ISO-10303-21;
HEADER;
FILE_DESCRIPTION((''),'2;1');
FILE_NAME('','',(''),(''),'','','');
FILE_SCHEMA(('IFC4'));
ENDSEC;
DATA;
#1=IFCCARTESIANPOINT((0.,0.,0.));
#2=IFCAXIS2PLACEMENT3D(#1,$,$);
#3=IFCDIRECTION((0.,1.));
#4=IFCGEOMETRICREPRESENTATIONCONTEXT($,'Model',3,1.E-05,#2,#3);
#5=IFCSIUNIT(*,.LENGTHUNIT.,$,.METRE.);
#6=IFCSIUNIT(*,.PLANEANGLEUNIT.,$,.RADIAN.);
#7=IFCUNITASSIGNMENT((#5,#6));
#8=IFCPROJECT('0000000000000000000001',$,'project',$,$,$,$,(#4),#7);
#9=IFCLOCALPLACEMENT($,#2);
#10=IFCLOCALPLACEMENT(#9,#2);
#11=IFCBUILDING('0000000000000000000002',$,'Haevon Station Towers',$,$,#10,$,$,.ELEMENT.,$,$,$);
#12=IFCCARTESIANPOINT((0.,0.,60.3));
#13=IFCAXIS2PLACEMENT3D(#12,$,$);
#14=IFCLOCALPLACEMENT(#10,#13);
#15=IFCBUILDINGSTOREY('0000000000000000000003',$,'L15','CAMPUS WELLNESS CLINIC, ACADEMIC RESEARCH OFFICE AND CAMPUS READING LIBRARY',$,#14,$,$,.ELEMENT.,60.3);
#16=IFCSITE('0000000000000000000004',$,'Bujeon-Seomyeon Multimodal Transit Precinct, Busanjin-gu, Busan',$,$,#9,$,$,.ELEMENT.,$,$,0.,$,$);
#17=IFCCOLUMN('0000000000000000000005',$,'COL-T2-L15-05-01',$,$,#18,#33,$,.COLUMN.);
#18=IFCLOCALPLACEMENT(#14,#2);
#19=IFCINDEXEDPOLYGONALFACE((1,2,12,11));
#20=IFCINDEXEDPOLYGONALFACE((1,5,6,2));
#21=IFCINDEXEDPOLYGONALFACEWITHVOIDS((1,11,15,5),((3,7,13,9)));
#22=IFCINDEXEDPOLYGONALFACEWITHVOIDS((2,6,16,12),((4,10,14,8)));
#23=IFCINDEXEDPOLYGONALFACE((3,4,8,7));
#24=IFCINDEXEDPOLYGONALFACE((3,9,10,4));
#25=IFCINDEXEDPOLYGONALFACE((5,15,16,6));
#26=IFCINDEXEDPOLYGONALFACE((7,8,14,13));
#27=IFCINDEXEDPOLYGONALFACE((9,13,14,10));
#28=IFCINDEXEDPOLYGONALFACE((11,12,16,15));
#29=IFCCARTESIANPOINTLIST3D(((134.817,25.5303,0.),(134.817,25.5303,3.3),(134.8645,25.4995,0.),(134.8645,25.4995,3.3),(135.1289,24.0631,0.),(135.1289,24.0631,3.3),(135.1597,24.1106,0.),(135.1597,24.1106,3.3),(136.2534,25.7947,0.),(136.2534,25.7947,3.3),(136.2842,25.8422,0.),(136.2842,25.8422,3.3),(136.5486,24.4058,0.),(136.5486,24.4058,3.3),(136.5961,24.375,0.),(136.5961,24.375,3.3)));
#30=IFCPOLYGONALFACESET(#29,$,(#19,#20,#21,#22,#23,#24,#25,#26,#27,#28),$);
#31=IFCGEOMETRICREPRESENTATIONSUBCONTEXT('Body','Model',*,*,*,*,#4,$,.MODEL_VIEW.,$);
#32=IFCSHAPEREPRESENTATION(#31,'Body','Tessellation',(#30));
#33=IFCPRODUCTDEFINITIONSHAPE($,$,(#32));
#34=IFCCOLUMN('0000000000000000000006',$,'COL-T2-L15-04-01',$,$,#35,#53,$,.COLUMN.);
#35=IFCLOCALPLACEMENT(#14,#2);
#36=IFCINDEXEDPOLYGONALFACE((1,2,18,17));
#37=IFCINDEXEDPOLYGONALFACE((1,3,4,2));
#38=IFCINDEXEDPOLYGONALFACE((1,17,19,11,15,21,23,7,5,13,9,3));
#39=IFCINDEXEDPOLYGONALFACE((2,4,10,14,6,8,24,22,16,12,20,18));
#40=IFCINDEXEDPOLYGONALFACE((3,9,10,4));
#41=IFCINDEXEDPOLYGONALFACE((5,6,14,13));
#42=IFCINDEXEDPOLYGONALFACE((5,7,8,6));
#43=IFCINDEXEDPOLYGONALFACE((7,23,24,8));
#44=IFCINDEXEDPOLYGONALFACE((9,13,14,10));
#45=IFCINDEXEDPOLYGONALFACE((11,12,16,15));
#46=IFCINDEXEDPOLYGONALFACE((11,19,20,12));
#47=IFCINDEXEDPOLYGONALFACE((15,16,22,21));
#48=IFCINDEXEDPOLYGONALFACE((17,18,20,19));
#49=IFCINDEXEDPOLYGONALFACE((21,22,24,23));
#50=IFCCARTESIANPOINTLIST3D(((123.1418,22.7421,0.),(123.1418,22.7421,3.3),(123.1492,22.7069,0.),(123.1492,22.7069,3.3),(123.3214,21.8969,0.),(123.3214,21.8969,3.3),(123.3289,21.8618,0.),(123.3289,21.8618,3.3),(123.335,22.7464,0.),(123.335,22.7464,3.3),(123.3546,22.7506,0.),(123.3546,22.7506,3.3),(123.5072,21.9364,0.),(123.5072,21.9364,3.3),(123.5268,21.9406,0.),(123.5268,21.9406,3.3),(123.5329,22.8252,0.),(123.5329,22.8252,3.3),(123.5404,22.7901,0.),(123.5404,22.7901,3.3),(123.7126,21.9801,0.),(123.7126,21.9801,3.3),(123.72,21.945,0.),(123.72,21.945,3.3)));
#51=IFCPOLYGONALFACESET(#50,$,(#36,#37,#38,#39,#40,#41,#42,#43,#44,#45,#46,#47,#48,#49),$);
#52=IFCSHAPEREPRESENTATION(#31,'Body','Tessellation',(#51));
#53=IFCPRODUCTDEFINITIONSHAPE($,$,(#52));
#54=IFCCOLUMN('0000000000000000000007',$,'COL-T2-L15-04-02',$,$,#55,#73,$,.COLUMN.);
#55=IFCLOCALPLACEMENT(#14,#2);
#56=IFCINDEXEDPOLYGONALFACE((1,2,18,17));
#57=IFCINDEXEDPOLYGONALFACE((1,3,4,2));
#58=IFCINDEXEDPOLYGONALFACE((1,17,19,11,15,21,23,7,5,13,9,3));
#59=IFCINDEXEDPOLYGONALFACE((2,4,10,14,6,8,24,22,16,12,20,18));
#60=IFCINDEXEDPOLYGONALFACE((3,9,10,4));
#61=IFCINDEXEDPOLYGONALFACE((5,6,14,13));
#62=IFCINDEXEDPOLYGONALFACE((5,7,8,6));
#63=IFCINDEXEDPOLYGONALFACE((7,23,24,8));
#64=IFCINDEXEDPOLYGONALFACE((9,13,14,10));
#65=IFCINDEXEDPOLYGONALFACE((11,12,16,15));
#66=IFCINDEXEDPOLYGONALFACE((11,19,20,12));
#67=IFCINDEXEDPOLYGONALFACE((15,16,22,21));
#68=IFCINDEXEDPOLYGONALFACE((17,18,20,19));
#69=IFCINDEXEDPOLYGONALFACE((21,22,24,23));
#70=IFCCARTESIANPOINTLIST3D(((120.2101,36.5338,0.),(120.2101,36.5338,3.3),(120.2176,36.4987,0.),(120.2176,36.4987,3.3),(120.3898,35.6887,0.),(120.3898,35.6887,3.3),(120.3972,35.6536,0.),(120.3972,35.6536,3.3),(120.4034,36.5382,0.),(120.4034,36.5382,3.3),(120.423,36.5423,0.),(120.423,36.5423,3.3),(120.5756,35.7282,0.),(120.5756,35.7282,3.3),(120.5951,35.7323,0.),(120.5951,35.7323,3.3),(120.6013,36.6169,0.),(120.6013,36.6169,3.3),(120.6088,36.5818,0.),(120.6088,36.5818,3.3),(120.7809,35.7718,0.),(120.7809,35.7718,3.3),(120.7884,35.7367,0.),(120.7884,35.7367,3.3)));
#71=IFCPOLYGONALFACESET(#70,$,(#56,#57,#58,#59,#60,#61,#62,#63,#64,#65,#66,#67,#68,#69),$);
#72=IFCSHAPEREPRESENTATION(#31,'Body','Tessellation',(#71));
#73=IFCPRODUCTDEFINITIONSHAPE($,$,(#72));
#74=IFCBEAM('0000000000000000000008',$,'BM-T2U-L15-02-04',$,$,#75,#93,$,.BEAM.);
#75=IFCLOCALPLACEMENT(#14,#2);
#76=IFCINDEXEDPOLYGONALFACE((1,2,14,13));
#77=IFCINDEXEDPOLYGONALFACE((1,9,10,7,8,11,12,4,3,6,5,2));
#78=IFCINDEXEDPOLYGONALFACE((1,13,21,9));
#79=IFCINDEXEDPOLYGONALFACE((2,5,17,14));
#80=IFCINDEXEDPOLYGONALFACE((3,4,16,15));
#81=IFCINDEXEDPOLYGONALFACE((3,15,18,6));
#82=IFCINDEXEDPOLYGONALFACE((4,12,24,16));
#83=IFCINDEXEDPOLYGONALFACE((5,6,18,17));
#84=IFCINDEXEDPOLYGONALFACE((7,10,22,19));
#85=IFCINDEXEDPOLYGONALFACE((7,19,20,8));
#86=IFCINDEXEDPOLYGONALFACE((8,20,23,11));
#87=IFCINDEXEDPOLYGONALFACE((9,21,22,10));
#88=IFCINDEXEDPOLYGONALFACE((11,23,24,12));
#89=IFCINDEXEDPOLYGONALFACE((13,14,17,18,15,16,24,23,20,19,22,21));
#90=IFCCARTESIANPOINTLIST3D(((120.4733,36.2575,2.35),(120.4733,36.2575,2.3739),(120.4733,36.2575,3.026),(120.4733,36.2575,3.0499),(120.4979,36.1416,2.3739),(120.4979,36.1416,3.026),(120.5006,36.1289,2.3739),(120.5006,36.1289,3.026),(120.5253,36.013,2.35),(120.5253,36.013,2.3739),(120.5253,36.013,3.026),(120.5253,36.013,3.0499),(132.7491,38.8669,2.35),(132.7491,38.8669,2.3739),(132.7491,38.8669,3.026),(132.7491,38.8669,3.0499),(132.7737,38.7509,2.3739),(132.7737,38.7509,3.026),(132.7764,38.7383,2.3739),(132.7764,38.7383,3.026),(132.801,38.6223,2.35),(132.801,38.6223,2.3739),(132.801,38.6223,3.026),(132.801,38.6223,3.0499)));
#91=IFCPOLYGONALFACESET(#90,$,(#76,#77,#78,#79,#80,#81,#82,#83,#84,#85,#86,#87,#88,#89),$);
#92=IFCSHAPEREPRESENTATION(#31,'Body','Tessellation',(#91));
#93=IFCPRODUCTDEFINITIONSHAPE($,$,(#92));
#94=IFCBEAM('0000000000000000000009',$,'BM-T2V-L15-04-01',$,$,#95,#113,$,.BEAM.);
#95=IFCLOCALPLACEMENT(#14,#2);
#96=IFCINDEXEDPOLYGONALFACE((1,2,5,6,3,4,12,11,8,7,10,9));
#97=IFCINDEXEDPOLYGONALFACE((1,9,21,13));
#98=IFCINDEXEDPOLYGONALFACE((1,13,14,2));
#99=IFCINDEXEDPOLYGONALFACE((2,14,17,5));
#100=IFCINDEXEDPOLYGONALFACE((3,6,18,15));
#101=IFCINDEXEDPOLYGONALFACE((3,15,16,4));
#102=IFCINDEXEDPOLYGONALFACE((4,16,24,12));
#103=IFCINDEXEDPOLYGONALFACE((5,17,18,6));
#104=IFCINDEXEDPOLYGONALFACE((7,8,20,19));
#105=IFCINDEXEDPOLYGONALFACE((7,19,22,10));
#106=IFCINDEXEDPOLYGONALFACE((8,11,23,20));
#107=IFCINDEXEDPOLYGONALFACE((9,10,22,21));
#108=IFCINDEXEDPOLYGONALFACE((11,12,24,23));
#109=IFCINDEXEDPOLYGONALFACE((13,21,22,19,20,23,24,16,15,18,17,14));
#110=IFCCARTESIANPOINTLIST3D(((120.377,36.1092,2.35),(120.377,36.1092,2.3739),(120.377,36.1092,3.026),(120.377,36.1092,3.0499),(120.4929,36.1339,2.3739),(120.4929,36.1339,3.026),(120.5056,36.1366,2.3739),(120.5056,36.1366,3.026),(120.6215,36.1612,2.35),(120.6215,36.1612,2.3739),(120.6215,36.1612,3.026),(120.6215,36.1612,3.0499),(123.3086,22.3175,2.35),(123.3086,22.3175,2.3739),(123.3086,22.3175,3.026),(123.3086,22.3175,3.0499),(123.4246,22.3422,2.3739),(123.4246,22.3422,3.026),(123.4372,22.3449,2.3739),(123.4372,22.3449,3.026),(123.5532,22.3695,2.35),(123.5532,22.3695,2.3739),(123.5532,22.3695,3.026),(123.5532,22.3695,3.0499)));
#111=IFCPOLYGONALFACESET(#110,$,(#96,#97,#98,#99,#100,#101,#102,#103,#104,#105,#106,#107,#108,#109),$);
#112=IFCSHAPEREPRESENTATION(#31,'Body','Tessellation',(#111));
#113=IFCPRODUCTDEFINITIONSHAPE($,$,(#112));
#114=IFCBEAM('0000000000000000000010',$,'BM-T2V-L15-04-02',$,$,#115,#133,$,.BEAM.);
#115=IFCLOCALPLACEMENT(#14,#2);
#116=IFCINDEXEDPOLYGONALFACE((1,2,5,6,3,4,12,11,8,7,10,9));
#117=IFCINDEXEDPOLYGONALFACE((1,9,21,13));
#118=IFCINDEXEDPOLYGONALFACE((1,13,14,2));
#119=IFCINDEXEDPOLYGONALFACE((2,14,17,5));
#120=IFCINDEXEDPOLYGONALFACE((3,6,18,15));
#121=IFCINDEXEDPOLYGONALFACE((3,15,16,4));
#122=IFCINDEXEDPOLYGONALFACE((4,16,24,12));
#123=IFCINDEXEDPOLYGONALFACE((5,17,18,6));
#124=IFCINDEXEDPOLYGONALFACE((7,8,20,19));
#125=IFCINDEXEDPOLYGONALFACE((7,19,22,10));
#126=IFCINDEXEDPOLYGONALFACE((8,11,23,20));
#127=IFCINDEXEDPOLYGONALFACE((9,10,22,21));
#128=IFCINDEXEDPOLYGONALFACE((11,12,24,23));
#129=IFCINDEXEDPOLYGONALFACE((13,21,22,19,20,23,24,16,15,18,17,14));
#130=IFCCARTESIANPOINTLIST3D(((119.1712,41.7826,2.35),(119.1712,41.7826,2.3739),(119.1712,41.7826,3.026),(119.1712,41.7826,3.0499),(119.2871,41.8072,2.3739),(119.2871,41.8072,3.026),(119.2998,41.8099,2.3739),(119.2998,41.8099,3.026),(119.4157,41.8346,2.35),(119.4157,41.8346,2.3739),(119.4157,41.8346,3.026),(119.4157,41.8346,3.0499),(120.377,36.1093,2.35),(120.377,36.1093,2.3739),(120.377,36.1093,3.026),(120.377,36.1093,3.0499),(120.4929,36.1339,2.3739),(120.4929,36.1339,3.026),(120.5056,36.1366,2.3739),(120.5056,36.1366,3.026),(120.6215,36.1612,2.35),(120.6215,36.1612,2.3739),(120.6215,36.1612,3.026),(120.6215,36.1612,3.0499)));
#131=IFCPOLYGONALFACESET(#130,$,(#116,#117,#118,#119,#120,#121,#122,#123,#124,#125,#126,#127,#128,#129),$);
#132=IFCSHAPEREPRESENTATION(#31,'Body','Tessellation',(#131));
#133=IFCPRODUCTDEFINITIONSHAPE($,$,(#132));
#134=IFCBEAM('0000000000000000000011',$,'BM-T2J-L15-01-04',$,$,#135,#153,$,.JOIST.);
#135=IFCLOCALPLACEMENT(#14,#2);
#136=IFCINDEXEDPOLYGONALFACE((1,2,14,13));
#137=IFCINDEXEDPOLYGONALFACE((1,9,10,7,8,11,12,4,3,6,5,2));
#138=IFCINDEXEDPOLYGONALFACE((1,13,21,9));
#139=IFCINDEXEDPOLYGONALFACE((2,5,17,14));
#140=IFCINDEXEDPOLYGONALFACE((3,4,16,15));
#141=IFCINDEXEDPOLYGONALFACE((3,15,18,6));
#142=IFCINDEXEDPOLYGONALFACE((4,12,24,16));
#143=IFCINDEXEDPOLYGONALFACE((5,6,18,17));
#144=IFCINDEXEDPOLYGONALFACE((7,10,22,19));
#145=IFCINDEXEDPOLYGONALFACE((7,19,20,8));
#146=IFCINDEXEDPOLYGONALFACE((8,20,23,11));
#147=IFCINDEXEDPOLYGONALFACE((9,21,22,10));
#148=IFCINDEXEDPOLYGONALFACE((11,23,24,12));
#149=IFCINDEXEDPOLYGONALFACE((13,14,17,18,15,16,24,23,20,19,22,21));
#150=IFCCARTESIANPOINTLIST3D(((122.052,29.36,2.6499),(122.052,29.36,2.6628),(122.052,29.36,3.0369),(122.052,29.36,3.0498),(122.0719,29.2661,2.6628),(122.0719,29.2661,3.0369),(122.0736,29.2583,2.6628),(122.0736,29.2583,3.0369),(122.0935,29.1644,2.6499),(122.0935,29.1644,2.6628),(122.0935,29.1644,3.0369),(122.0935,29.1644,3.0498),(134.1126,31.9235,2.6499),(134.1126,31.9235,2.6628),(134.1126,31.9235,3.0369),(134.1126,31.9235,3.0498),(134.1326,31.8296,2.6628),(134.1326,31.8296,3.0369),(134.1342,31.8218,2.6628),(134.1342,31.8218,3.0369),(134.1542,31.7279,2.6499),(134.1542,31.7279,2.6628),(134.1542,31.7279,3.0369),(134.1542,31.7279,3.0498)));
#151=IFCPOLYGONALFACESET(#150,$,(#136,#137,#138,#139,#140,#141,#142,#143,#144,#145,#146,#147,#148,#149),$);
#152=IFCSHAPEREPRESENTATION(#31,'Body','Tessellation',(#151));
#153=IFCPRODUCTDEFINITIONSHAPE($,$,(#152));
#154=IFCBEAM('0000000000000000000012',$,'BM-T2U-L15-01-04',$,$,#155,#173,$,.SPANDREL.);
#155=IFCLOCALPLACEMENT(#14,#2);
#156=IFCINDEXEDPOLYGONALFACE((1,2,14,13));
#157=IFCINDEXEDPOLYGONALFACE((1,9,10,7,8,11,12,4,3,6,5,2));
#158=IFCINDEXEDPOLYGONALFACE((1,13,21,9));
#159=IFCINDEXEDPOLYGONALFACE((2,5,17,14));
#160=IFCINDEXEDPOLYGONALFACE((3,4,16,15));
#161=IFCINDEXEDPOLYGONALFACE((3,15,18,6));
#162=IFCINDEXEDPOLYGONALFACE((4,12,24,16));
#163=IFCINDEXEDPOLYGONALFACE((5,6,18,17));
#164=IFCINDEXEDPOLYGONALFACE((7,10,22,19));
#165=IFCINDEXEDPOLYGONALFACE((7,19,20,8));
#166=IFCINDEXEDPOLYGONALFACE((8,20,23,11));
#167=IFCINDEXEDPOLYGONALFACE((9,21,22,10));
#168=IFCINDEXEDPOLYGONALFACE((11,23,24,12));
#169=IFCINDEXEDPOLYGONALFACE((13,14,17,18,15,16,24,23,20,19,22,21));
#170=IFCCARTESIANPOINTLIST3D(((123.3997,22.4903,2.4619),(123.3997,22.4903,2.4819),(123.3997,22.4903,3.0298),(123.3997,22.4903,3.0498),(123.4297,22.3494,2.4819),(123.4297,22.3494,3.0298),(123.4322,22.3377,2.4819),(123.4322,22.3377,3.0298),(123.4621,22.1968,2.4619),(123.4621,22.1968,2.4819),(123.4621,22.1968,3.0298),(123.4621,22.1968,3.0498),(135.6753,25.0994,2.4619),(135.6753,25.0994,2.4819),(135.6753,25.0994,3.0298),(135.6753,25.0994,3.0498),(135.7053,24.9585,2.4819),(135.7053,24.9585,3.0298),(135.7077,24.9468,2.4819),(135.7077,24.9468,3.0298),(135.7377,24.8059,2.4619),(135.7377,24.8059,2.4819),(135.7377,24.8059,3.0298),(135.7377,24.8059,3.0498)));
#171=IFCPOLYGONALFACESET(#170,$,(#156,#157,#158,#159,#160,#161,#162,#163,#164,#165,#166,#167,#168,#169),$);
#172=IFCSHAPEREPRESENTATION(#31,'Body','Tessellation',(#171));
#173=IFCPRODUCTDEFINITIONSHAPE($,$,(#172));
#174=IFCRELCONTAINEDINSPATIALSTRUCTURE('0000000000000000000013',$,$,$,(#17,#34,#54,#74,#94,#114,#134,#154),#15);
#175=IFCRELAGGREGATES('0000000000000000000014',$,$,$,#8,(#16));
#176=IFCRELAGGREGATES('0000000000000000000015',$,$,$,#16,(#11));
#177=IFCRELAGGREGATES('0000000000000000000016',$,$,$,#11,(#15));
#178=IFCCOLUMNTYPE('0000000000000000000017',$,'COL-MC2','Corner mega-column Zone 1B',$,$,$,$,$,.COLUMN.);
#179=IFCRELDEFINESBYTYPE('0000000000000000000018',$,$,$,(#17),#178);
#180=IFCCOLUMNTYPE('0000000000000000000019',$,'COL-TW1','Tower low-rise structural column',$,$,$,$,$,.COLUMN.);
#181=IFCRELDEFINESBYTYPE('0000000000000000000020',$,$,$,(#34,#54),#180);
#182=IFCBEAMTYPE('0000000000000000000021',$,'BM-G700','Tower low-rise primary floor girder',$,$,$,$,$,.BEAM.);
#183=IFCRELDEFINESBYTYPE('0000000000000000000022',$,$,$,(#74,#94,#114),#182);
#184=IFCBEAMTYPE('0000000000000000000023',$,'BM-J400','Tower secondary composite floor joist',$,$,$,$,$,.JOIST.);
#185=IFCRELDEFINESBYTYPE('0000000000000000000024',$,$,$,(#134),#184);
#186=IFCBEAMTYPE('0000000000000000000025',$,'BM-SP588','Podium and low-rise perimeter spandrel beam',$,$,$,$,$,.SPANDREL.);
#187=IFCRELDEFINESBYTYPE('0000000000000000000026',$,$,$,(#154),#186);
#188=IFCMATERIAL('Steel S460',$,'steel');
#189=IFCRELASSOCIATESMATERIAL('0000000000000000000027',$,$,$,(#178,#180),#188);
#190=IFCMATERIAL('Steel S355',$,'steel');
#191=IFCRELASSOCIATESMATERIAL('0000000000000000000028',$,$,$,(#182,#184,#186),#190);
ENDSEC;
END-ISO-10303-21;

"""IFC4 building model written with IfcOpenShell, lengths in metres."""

from ifc_helpers import new_model, si_unit, direction, frame, origin, origin_2d, place, context, subcontext, project, spatial, hollow_rectangle, i_section, extrude, material, material_profile, profile_set, type_object, element, save


model = new_model("IFC4")

# Units and contexts
model_context = context("Model", 3, precision=1e-05, world=origin(), true_north=direction((0.0, 1.0)))
body_context = subcontext(model_context, "Body", "Model", "MODEL_VIEW")
ifc_project = project(units=[si_unit("LENGTHUNIT", "METRE"), si_unit("PLANEANGLEUNIT", "RADIAN")], contexts=[model_context])

# Site, building, storey
site_placement = place(None, origin())
site = spatial("IfcSite", under=ifc_project, at=site_placement, Name="Bujeon-Seomyeon Multimodal Transit Precinct, Busanjin-gu, Busan", CompositionType="ELEMENT", RefElevation=0.0)
building_placement = place(site_placement, origin())
building = spatial("IfcBuilding", under=site, at=building_placement, Name="Haevon Station Towers", CompositionType="ELEMENT")
storey_placement = place(building_placement, frame((0.0, 0.0, 60.3)))
storey = spatial("IfcBuildingStorey", under=building, at=storey_placement, Name="L15", Description="CAMPUS WELLNESS CLINIC, ACADEMIC RESEARCH OFFICE AND CAMPUS READING LIBRARY", CompositionType="ELEMENT", Elevation=60.3)

# Columns
ifc_material_1 = material(Name="Steel S460", Category="steel")
ifc_material_profile_1 = material_profile(ifc_material_1, hollow_rectangle(XDim=1.5, YDim=1.5, WallThickness=0.04, at=origin_2d()), Name="BOX-1500x1500x40")
ifc_profile_set_1 = profile_set([ifc_material_profile_1], Name="Steel S460")
column_type_1 = type_object("IfcColumnType", Name="COL-MC2", Description="Corner mega-column Zone 1B", PredefinedType="COLUMN", material=ifc_profile_set_1)
column_placement = place(storey_placement, frame((135.7065, 24.9526, 0.0), z_axis=(0.0, 0.0, 1.0), x_axis=(0.978148, 0.207912, 0.0)))
element("IfcColumn", 1, at=column_placement, inside=storey, type_object=column_type_1, Name="COL-T2-L15-05-01", PredefinedType="COLUMN", context=body_context, shape_type="SweptSolid", body=[
    extrude(hollow_rectangle(XDim=1.5, YDim=1.5, WallThickness=0.04, at=origin_2d()), origin(), (0.0, 0.0, 1.0), 3.3),
])
ifc_material_profile_2 = material_profile(ifc_material_1, i_section(OverallWidth=0.3999, OverallDepth=0.8999, WebThickness=0.02, FlangeThickness=0.0359, at=origin_2d()), Name="H-900x400x20x36")
ifc_profile_set_2 = profile_set([ifc_material_profile_2], Name="Steel S460")
column_type_2 = type_object("IfcColumnType", Name="COL-TW1", Description="Tower low-rise structural column", PredefinedType="COLUMN", material=ifc_profile_set_2)
for number, where, z_axis, x_axis, name in (
    (2, (123.4309, 22.3435, 0.0), (0.0, 0.0, 1.0), (0.978148, 0.207912, 0.0), "COL-T2-L15-04-01"),
    (3, (120.4993, 36.1353, 0.0), (0.0, 0.0, 1.0), (0.978148, 0.207912, 0.0), "COL-T2-L15-04-02"),
):
    element("IfcColumn", number, at=place(storey_placement, frame(where, z_axis=z_axis, x_axis=x_axis)), inside=storey, type_object=column_type_2, Name=name, PredefinedType="COLUMN", context=body_context, shape_type="SweptSolid", body=[
        extrude(i_section(OverallWidth=0.3999, OverallDepth=0.8999, WebThickness=0.02, FlangeThickness=0.0359, at=origin_2d()), origin(), (0.0, 0.0, 1.0), 3.3),
    ])

# Beams
ifc_material_2 = material(Name="Steel S355", Category="steel")
ifc_material_profile_3 = material_profile(ifc_material_2, i_section(OverallWidth=0.25, OverallDepth=0.7, WebThickness=0.0129, FlangeThickness=0.0239, at=origin_2d()), Name="H-700x250x13x24")
ifc_profile_set_3 = profile_set([ifc_material_profile_3], Name="Steel S355")
beam_type_1 = type_object("IfcBeamType", Name="BM-G700", Description="Tower low-rise primary floor girder", PredefinedType="BEAM", material=ifc_profile_set_3)
beam_1_placement = place(storey_placement, frame((120.4993, 36.1353, 2.7), z_axis=(0.978147, 0.207916, 0.0), x_axis=(-0.207916, 0.978147, 0.0)))
element("IfcBeam", 4, at=beam_1_placement, inside=storey, type_object=beam_type_1, Name="BM-T2U-L15-02-04", PredefinedType="BEAM", context=body_context, shape_type="SweptSolid", body=[
    extrude(i_section(OverallWidth=0.25, OverallDepth=0.7, WebThickness=0.0129, FlangeThickness=0.0239, at=origin_2d()), origin(), (0.0, 0.0, 1.0), 12.55),
])
beam_2_placement = place(storey_placement, frame((123.4309, 22.3435, 2.7), z_axis=(-0.207919, 0.978146, 0.0), x_axis=(-0.978146, -0.207919, 0.0)))
element("IfcBeam", 5, at=beam_2_placement, inside=storey, type_object=beam_type_1, Name="BM-T2V-L15-04-01", PredefinedType="BEAM", context=body_context, shape_type="SweptSolid", body=[
    extrude(i_section(OverallWidth=0.25, OverallDepth=0.7, WebThickness=0.0129, FlangeThickness=0.0239, at=origin_2d()), origin(), (0.0, 0.0, 1.0), 14.0999),
])
beam_3_placement = place(storey_placement, frame((120.4993, 36.1353, 2.7), z_axis=(-0.207896, 0.978151, 0.0), x_axis=(-0.978151, -0.207896, 0.0)))
element("IfcBeam", 6, at=beam_3_placement, inside=storey, type_object=beam_type_1, Name="BM-T2V-L15-04-02", PredefinedType="BEAM", context=body_context, shape_type="SweptSolid", body=[
    extrude(i_section(OverallWidth=0.25, OverallDepth=0.7, WebThickness=0.0129, FlangeThickness=0.0239, at=origin_2d()), origin(), (0.0, 0.0, 1.0), 5.8),
])
ifc_material_profile_4 = material_profile(ifc_material_2, i_section(OverallWidth=0.2, OverallDepth=0.3999, WebThickness=0.0081, FlangeThickness=0.0129, at=origin_2d()), Name="H-400x200x8x13")
ifc_profile_set_4 = profile_set([ifc_material_profile_4], Name="Steel S355")
beam_type_2 = type_object("IfcBeamType", Name="BM-J400", Description="Tower secondary composite floor joist", PredefinedType="JOIST", material=ifc_profile_set_4)
beam_4_placement = place(storey_placement, frame((122.0728, 29.2622, 2.8499), z_axis=(0.978149, 0.207906, 0.0), x_axis=(-0.207906, 0.978149, 0.0)))
element("IfcBeam", 7, at=beam_4_placement, inside=storey, type_object=beam_type_2, Name="BM-T2J-L15-01-04", PredefinedType="JOIST", context=body_context, shape_type="SweptSolid", body=[
    extrude(i_section(OverallWidth=0.2, OverallDepth=0.3999, WebThickness=0.0081, FlangeThickness=0.0129, at=origin_2d()), origin(), (0.0, 0.0, 1.0), 12.3301),
])
ifc_material_profile_5 = material_profile(ifc_material_2, i_section(OverallWidth=0.3, OverallDepth=0.5879, WebThickness=0.012, FlangeThickness=0.02, at=origin_2d()), Name="H-588x300x12x20")
ifc_profile_set_5 = profile_set([ifc_material_profile_5], Name="Steel S355")
beam_type_3 = type_object("IfcBeamType", Name="BM-SP588", Description="Podium and low-rise perimeter spandrel beam", PredefinedType="SPANDREL", material=ifc_profile_set_5)
beam_5_placement = place(storey_placement, frame((123.4309, 22.3435, 2.7559), z_axis=(0.97815, 0.207901, 0.0), x_axis=(-0.207901, 0.97815, 0.0)))
element("IfcBeam", 8, at=beam_5_placement, inside=storey, type_object=beam_type_3, Name="BM-T2U-L15-01-04", PredefinedType="SPANDREL", context=body_context, shape_type="SweptSolid", body=[
    extrude(i_section(OverallWidth=0.3, OverallDepth=0.5879, WebThickness=0.012, FlangeThickness=0.02, at=origin_2d()), origin(), (0.0, 0.0, 1.0), 12.5498),
])

save(model, "model.ifc")
